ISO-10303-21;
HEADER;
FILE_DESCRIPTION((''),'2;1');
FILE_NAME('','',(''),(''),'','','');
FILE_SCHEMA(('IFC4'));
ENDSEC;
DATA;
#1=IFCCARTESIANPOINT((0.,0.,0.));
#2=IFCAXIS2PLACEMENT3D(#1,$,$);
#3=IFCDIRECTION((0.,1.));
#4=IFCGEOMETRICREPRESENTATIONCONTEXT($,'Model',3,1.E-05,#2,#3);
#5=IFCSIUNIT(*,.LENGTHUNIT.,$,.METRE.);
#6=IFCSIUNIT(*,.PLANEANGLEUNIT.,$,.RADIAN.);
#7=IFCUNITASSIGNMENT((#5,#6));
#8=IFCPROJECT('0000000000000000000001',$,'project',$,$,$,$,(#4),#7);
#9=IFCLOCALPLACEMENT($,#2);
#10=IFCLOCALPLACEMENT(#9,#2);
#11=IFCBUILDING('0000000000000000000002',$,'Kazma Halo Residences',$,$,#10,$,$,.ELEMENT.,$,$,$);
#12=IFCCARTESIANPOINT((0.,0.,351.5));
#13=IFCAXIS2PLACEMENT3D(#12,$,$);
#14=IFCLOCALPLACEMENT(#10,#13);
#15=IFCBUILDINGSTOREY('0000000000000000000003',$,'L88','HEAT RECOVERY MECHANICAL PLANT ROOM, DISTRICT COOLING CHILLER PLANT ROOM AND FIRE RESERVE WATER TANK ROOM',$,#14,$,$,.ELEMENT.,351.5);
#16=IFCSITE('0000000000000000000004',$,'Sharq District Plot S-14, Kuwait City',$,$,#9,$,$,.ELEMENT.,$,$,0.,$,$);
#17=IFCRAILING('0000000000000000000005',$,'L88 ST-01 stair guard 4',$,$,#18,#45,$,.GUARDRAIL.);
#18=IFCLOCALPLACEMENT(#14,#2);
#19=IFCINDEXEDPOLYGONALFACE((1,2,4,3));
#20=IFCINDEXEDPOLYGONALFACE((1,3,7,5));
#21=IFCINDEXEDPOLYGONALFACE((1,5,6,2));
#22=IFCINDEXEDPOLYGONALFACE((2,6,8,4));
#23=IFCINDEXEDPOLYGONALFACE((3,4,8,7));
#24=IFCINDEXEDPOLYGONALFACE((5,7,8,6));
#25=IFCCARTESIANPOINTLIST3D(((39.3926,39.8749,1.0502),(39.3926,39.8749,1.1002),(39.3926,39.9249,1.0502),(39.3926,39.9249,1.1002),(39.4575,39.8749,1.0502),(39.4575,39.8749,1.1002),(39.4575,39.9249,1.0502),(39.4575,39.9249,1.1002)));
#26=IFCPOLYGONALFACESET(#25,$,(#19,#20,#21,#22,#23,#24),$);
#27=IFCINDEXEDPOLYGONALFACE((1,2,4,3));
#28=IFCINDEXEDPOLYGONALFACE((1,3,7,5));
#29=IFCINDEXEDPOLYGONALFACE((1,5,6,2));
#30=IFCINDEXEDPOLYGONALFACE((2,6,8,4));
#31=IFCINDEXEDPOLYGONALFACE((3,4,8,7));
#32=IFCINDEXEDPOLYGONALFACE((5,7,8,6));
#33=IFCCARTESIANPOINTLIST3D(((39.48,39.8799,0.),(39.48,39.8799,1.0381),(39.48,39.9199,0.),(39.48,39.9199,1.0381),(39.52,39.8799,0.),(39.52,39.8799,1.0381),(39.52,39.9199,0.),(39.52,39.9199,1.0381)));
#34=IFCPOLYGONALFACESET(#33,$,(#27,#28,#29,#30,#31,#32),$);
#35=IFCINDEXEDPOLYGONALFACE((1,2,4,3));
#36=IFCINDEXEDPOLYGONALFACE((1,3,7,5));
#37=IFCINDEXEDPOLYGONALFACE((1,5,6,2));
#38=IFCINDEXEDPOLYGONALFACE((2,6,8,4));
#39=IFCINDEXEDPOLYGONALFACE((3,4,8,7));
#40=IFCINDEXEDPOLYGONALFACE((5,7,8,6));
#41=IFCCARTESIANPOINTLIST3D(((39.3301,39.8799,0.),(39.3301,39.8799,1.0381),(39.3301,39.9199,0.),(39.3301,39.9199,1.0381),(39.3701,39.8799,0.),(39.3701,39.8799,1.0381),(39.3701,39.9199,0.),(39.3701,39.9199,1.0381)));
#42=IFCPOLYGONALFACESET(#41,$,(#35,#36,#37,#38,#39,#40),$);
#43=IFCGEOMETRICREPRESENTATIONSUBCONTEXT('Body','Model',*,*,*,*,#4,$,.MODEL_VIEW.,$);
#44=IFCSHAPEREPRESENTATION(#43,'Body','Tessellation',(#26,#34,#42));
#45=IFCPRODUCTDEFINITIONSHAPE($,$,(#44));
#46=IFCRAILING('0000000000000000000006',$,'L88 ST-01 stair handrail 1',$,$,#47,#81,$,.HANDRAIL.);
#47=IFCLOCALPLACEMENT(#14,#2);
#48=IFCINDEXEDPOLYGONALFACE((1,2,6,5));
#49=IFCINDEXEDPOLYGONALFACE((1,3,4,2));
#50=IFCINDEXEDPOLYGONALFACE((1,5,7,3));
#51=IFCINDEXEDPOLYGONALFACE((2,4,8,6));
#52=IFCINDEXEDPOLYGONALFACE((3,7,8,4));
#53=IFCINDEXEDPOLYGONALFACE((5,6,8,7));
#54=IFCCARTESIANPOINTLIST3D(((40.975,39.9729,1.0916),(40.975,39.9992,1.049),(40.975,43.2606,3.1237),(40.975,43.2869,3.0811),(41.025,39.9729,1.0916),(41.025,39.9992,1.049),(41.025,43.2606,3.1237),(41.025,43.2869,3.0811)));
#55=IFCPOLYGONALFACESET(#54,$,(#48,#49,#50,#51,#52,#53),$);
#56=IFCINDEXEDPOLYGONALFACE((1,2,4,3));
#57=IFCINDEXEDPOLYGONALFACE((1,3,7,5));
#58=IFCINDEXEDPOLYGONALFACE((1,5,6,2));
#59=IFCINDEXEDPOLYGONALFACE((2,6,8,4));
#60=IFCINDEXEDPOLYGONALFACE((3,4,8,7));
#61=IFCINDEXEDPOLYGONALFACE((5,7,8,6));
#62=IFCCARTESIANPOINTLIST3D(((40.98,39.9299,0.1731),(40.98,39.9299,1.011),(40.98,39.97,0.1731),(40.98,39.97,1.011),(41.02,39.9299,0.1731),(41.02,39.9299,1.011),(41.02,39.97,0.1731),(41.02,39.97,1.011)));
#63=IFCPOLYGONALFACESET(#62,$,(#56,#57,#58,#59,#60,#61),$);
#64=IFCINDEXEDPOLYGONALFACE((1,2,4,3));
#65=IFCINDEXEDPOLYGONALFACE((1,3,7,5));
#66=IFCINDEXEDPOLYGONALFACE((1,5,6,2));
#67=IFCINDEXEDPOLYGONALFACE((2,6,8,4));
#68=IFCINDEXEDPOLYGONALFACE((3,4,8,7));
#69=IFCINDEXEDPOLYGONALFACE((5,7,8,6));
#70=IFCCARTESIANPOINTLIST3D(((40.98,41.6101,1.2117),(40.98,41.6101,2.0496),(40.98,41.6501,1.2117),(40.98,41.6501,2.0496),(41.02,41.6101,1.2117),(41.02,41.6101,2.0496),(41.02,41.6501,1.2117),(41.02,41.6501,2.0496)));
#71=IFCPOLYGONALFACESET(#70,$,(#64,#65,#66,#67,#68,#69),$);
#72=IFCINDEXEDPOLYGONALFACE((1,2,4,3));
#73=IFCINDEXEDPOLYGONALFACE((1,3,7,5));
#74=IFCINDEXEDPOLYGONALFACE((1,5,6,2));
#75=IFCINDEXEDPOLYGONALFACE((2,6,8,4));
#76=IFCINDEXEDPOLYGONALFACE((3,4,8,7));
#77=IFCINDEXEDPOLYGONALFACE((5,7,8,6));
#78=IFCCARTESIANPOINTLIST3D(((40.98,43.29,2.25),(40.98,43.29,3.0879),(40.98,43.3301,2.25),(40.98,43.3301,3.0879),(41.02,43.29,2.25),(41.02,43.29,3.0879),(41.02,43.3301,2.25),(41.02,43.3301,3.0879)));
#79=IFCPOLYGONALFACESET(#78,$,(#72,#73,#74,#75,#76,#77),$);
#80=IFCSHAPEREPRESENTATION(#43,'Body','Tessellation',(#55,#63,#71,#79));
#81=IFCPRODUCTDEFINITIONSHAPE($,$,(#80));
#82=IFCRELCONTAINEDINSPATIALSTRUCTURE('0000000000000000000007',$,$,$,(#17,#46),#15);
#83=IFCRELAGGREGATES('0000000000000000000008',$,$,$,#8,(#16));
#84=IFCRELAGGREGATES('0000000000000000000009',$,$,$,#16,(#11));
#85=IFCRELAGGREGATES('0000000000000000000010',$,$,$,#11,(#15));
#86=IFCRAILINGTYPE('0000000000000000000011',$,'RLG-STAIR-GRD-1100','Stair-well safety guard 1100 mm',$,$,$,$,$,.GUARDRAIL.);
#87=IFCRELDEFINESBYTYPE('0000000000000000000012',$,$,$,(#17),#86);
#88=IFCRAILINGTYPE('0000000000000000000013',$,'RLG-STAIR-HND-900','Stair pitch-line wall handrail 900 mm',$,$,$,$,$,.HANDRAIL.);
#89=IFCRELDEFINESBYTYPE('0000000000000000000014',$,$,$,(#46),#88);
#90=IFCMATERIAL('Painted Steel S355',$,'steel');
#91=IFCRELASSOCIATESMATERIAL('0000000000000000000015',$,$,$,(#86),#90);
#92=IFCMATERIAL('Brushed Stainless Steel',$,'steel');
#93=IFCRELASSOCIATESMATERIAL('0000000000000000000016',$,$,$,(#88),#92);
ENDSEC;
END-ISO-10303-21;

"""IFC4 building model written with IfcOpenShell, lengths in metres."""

from ifc_helpers import new_model, si_unit, direction, frame, origin, origin_2d, place, context, subcontext, project, spatial, rectangle, extrude, material, type_object, element, save


model = new_model("IFC4")

# Units and contexts
model_context = context("Model", 3, precision=1e-05, world=origin(), true_north=direction((0.0, 1.0)))
body_context = subcontext(model_context, "Body", "Model", "MODEL_VIEW")
ifc_project = project(units=[si_unit("LENGTHUNIT", "METRE"), si_unit("PLANEANGLEUNIT", "RADIAN")], contexts=[model_context])

# Site, building, storey
site_placement = place(None, origin())
site = spatial("IfcSite", under=ifc_project, at=site_placement, Name="Sharq District Plot S-14, Kuwait City", CompositionType="ELEMENT", RefElevation=0.0)
building_placement = place(site_placement, origin())
building = spatial("IfcBuilding", under=site, at=building_placement, Name="Kazma Halo Residences", CompositionType="ELEMENT")
storey_placement = place(building_placement, frame((0.0, 0.0, 351.5)))
storey = spatial("IfcBuildingStorey", under=building, at=storey_placement, Name="L88", Description="HEAT RECOVERY MECHANICAL PLANT ROOM, DISTRICT COOLING CHILLER PLANT ROOM AND FIRE RESERVE WATER TANK ROOM", CompositionType="ELEMENT", Elevation=351.5)

# Railings
ifc_material_1 = material(Name="Painted Steel S355", Category="steel")
railing_type_1 = type_object("IfcRailingType", Name="RLG-STAIR-GRD-1100", Description="Stair-well safety guard 1100 mm", PredefinedType="GUARDRAIL", material=ifc_material_1)
railing_1_placement = place(storey_placement, frame((39.5, 39.8999, 0.0)))
element("IfcRailing", 1, at=railing_1_placement, inside=storey, type_object=railing_type_1, Name="L88 ST-01 stair guard 4", PredefinedType="GUARDRAIL", context=body_context, shape_type="SweptSolid", body=[
    extrude(rectangle(XDim=0.05, YDim=0.05, at=origin_2d()), frame((-0.0425, 0.0, 1.0752), z_axis=(-1.0, 0.0, 0.0), x_axis=(0.0, -1.0, 0.0)), (0.0, 0.0, 1.0), 0.0649),
    extrude(rectangle(XDim=0.04, YDim=0.04, at=origin_2d()), origin(), (0.0, 0.0, 1.0), 1.0381),
    extrude(rectangle(XDim=0.04, YDim=0.04, at=origin_2d()), frame((-0.1499, 0.0, 0.0)), (0.0, 0.0, 1.0), 1.0381),
])
ifc_material_2 = material(Name="Brushed Stainless Steel", Category="steel")
railing_type_2 = type_object("IfcRailingType", Name="RLG-STAIR-HND-900", Description="Stair pitch-line wall handrail 900 mm", PredefinedType="HANDRAIL", material=ifc_material_2)
railing_2_placement = place(storey_placement, frame((41.0, 39.95, 0.1731)))
element("IfcRailing", 2, at=railing_2_placement, inside=storey, type_object=railing_type_2, Name="L88 ST-01 stair handrail 1", PredefinedType="HANDRAIL", context=body_context, shape_type="SweptSolid", body=[
    extrude(rectangle(XDim=0.05, YDim=0.05, at=origin_2d()), frame((0.0, 0.0361, 0.8972), z_axis=(0.0, 0.850623, 0.525776), x_axis=(-1.0, 0.0, 0.0)), (0.0, 0.0, 1.0), 3.865),
    extrude(rectangle(XDim=0.04, YDim=0.04, at=origin_2d()), origin(), (0.0, 0.0, 1.0), 0.8379),
    extrude(rectangle(XDim=0.04, YDim=0.04, at=origin_2d()), frame((0.0, 1.6802, 1.0386)), (0.0, 0.0, 1.0), 0.8379),
    extrude(rectangle(XDim=0.04, YDim=0.04, at=origin_2d()), frame((0.0, 3.3601, 2.0769)), (0.0, 0.0, 1.0), 0.8379),
])

save(model, "model.ifc")
